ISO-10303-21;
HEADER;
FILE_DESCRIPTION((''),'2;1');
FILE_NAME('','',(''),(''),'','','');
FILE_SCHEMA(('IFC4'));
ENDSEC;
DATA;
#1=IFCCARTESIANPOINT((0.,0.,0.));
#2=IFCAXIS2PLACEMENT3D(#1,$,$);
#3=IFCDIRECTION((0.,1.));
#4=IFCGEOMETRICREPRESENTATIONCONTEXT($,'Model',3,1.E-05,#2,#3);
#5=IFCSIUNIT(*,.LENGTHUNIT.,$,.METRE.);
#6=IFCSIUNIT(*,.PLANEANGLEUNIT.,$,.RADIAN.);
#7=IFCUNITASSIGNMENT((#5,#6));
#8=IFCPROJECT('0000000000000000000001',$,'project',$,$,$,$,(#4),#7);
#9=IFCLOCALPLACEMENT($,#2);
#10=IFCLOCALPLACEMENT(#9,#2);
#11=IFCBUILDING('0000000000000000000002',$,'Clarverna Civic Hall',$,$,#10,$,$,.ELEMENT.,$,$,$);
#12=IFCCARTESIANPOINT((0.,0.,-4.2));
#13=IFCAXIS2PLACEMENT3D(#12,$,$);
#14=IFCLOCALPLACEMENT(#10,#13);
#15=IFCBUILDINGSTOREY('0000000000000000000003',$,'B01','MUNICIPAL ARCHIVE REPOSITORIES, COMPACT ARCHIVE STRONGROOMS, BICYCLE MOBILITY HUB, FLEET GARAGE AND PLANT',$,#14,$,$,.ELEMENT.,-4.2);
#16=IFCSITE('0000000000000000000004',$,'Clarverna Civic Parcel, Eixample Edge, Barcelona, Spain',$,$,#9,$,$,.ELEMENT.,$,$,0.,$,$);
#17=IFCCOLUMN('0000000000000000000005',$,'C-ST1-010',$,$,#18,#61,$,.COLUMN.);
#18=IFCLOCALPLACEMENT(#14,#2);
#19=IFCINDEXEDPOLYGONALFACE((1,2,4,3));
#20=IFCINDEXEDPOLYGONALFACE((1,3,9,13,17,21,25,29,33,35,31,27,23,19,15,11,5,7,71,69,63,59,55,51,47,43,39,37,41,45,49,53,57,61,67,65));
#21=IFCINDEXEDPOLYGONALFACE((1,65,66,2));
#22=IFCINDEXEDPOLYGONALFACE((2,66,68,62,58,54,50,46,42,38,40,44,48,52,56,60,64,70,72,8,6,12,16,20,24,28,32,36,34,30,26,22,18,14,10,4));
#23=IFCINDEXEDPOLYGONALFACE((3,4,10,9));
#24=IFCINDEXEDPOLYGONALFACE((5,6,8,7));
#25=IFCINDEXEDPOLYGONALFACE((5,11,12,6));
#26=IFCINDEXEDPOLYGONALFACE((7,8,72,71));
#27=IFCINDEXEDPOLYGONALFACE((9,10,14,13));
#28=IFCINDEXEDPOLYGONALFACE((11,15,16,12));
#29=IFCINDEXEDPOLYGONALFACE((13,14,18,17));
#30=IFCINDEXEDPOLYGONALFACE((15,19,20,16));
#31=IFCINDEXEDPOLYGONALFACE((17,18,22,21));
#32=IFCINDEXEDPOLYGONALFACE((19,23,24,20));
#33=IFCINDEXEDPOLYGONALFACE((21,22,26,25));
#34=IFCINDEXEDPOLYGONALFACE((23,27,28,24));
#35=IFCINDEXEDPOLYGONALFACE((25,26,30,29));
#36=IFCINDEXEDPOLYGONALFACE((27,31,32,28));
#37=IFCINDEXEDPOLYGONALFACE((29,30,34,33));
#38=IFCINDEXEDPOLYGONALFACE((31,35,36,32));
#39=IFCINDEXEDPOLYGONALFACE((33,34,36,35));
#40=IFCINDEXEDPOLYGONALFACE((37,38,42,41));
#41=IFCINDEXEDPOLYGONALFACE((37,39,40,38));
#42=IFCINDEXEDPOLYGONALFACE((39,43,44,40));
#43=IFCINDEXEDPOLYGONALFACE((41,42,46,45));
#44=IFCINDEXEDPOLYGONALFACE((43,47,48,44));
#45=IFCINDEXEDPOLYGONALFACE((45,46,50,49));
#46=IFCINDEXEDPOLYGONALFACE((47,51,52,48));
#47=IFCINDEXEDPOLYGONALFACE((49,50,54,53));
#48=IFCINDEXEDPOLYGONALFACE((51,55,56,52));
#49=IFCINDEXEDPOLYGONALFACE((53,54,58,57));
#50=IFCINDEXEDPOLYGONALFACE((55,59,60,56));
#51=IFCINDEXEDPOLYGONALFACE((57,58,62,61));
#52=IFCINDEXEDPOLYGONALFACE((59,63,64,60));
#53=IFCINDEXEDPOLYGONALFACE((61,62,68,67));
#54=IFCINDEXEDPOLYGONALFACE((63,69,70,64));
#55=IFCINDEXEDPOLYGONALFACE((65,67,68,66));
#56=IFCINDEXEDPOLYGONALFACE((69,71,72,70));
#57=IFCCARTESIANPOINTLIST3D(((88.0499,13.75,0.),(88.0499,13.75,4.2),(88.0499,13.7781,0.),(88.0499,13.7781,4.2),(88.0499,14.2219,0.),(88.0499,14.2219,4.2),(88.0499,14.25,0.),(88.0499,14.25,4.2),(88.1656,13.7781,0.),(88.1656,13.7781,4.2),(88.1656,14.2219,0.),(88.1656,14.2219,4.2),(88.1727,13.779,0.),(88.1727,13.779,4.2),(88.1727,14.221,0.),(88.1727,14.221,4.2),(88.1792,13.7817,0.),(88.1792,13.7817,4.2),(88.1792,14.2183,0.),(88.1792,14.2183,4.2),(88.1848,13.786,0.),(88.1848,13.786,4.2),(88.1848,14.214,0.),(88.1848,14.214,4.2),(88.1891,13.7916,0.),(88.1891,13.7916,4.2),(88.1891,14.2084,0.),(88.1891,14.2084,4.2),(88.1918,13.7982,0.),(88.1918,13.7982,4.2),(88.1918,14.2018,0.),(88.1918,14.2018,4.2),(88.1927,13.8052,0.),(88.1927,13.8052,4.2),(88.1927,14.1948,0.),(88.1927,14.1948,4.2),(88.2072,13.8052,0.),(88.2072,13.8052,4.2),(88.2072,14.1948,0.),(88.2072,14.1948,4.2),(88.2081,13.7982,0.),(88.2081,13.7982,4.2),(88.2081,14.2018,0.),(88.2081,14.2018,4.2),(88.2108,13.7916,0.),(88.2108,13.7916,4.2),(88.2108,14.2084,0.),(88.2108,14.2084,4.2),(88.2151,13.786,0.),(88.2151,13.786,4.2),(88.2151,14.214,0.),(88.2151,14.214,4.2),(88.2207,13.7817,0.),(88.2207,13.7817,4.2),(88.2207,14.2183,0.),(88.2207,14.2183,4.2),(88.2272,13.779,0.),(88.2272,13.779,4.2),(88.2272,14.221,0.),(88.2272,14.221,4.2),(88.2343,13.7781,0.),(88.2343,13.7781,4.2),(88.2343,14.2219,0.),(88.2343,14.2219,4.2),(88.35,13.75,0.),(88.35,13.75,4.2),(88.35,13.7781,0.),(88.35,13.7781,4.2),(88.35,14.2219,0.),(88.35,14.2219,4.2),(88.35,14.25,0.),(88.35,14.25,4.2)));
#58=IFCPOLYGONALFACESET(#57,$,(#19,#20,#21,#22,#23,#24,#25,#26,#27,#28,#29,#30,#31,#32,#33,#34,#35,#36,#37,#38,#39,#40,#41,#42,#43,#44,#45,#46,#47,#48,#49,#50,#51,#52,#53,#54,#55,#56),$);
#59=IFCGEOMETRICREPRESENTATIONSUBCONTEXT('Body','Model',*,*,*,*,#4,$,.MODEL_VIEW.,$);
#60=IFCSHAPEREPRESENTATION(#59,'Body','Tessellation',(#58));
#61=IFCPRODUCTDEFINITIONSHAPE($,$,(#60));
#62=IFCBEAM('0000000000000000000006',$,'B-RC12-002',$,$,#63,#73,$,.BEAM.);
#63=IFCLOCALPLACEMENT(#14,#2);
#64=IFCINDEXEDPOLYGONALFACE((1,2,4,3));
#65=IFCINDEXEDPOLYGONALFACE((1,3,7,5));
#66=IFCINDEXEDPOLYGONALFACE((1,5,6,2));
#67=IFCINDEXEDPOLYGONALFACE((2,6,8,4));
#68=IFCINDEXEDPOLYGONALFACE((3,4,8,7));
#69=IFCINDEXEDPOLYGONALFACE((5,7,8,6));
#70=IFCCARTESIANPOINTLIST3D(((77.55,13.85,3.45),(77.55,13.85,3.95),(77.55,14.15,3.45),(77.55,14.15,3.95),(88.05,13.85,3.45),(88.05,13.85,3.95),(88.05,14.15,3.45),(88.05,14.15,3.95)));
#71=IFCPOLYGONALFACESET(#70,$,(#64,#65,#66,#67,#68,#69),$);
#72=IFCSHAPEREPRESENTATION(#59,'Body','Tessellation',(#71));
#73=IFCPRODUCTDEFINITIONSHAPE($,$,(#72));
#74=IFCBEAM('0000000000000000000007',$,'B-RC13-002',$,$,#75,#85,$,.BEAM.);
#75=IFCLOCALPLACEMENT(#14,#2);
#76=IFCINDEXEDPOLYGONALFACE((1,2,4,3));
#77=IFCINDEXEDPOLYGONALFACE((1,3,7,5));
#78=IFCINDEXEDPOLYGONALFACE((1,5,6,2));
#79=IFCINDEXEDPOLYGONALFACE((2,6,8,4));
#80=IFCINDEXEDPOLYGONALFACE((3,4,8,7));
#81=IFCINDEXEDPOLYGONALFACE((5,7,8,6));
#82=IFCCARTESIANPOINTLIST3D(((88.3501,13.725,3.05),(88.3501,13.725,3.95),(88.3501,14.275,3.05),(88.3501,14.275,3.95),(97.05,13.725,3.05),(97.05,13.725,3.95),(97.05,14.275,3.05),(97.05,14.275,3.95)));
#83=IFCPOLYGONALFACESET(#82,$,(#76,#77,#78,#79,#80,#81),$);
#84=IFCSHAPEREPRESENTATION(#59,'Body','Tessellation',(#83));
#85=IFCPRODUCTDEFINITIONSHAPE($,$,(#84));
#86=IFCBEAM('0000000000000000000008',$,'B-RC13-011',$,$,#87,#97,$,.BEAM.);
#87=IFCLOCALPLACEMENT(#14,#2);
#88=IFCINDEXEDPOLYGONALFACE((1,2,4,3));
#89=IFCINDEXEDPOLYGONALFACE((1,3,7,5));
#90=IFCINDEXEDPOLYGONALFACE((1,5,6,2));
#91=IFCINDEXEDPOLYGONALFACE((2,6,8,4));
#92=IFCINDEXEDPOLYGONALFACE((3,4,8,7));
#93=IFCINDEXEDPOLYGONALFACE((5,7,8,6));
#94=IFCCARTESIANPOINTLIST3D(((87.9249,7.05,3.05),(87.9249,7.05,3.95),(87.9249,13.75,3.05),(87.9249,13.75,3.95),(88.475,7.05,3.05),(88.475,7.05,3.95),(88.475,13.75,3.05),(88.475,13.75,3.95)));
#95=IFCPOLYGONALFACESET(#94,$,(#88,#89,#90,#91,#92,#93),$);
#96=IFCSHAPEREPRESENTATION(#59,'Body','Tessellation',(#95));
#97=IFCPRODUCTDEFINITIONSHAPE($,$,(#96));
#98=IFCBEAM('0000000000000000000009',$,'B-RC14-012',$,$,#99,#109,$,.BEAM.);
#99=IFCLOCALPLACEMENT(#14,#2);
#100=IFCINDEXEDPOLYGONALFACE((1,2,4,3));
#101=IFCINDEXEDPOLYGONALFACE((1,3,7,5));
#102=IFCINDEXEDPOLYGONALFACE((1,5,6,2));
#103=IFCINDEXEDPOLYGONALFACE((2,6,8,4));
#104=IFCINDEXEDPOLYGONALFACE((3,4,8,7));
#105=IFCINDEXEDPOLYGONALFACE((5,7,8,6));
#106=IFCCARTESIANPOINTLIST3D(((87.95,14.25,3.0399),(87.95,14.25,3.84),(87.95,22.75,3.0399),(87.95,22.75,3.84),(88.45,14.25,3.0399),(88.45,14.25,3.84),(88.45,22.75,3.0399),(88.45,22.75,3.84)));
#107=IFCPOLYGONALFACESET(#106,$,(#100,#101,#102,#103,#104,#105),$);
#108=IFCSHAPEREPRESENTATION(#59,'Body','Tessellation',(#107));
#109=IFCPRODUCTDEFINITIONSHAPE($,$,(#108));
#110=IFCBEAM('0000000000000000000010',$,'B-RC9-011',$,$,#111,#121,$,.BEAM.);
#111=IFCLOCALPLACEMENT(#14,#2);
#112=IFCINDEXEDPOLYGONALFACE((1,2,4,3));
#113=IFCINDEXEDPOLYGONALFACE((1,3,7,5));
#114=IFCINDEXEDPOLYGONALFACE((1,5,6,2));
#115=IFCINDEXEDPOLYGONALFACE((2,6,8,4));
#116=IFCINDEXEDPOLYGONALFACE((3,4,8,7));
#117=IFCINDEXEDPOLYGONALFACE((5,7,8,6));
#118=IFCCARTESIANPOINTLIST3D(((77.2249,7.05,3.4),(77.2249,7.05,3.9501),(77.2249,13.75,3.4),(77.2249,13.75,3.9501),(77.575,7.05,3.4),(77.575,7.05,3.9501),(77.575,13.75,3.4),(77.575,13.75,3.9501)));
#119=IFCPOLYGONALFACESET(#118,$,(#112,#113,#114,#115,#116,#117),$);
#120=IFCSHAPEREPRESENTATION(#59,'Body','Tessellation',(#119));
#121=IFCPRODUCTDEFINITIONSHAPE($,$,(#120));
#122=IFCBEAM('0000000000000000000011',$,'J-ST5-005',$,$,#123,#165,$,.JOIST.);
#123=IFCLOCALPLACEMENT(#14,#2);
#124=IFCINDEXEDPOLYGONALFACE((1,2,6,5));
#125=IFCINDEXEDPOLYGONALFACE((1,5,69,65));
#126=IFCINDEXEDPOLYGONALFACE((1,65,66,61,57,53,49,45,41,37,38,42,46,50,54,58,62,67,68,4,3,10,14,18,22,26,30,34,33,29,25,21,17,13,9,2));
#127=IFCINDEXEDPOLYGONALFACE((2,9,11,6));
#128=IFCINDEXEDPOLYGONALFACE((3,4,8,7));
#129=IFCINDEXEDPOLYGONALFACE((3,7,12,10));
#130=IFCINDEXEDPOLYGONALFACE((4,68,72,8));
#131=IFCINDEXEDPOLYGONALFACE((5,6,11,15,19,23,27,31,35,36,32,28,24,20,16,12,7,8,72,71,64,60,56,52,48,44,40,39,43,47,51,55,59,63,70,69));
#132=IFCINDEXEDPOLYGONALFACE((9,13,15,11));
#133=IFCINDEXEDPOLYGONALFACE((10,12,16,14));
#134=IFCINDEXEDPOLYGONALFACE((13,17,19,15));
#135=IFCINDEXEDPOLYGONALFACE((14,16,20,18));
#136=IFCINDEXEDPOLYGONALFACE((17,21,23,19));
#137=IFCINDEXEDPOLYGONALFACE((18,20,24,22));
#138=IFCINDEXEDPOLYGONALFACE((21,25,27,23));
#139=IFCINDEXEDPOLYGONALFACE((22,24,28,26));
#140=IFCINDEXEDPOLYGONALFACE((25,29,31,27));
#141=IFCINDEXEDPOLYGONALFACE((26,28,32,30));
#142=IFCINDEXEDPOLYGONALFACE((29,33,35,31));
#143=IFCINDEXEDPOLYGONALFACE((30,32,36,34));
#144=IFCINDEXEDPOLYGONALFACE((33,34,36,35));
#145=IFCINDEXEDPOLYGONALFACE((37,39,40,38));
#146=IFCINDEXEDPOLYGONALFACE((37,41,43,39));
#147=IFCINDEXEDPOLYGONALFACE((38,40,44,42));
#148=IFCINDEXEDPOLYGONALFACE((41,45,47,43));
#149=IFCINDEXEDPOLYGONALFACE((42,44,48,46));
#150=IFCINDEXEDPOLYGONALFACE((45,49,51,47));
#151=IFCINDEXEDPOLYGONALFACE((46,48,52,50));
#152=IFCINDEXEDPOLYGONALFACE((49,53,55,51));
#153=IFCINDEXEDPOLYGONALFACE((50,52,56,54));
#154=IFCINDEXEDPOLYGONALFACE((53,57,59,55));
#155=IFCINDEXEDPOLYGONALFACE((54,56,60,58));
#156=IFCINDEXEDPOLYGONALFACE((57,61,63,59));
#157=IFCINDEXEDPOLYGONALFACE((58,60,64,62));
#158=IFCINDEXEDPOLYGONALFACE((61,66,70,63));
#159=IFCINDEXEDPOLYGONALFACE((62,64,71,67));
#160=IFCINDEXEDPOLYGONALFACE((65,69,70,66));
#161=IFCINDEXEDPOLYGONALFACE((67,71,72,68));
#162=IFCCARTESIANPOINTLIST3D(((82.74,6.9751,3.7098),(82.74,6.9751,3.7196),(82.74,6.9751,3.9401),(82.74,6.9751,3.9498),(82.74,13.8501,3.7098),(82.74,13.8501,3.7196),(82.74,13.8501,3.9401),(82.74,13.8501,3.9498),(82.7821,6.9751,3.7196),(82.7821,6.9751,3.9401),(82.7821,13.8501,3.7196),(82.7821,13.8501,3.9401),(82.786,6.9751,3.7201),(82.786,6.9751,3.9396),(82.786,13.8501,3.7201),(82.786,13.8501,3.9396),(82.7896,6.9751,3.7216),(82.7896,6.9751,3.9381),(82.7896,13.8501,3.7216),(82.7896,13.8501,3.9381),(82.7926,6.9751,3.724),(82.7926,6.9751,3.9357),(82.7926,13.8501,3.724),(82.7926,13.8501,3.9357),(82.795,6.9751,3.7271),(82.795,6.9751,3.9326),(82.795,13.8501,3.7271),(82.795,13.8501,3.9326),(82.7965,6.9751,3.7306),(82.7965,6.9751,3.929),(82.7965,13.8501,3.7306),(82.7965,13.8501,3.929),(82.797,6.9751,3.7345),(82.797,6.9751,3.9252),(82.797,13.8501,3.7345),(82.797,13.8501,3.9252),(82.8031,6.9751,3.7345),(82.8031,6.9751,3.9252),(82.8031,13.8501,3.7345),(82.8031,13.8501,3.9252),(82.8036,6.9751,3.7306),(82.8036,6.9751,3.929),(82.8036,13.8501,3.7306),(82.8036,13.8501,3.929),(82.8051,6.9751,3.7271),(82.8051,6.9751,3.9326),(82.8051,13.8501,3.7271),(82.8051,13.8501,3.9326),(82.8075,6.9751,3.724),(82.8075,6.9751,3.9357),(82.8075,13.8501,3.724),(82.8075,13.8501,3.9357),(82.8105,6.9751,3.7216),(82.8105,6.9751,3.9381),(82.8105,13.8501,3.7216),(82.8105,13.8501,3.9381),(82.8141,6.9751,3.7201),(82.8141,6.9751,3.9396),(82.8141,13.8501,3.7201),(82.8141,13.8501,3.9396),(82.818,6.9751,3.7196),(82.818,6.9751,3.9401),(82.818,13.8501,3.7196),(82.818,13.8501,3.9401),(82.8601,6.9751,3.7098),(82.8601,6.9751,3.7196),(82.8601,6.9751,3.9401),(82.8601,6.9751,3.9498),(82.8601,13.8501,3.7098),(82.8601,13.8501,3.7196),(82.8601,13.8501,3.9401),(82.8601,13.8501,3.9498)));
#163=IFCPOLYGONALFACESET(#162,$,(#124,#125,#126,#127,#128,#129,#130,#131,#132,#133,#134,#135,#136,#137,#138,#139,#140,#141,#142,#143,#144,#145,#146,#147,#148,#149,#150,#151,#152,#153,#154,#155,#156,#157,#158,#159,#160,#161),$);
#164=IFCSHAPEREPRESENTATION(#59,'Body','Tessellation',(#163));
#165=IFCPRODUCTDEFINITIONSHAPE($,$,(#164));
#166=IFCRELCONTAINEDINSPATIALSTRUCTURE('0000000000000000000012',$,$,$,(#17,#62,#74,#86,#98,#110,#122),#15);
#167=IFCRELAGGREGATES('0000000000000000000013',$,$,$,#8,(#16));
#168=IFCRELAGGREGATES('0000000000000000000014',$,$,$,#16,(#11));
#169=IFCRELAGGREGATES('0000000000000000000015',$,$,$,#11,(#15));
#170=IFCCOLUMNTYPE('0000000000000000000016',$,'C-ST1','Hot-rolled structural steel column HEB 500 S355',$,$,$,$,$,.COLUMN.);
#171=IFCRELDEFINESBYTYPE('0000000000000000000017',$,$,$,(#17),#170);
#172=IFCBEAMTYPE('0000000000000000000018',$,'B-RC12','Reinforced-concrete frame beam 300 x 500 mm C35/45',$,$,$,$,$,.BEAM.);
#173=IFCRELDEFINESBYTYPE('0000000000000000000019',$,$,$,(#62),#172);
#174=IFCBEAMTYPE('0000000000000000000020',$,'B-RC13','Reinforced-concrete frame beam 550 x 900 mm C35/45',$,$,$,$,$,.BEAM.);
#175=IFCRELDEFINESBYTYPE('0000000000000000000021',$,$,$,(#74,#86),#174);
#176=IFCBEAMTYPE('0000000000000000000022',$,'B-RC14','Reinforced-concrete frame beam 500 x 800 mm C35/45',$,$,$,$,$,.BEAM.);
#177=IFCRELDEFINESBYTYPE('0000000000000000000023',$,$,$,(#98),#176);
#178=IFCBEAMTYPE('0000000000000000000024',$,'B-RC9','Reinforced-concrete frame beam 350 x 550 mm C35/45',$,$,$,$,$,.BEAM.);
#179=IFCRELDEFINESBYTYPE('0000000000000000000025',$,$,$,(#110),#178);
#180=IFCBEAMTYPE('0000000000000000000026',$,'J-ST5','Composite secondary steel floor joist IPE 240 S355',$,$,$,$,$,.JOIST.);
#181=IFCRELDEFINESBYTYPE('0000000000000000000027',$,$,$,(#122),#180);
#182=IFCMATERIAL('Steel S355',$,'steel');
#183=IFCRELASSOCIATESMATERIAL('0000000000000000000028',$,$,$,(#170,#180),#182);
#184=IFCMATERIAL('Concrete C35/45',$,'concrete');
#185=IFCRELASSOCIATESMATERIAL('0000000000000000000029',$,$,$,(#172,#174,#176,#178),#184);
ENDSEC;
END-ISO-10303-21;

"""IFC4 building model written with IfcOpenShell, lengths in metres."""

from ifc_helpers import new_model, si_unit, direction, frame, origin, origin_2d, place, context, subcontext, project, spatial, rectangle, i_section, extrude, material, material_profile, profile_set, type_object, element, save


model = new_model("IFC4")

# Units and contexts
model_context = context("Model", 3, precision=1e-05, world=origin(), true_north=direction((0.0, 1.0)))
body_context = subcontext(model_context, "Body", "Model", "MODEL_VIEW")
ifc_project = project(units=[si_unit("LENGTHUNIT", "METRE"), si_unit("PLANEANGLEUNIT", "RADIAN")], contexts=[model_context])

# Site, building, storey
site_placement = place(None, origin())
site = spatial("IfcSite", under=ifc_project, at=site_placement, Name="Clarverna Civic Parcel, Eixample Edge, Barcelona, Spain", CompositionType="ELEMENT", RefElevation=0.0)
building_placement = place(site_placement, origin())
building = spatial("IfcBuilding", under=site, at=building_placement, Name="Clarverna Civic Hall", CompositionType="ELEMENT")
storey_placement = place(building_placement, frame((0.0, 0.0, -4.2)))
storey = spatial("IfcBuildingStorey", under=building, at=storey_placement, Name="B01", Description="MUNICIPAL ARCHIVE REPOSITORIES, COMPACT ARCHIVE STRONGROOMS, BICYCLE MOBILITY HUB, FLEET GARAGE AND PLANT", CompositionType="ELEMENT", Elevation=-4.2)

# Column
ifc_material_1 = material(Name="Steel S355", Category="steel")
ifc_material_profile_1 = material_profile(ifc_material_1, i_section(OverallWidth=0.3, OverallDepth=0.5, WebThickness=0.0144, FlangeThickness=0.0281, FilletRadius=0.0271, at=origin_2d()), Name="HEB 500")
ifc_profile_set_1 = profile_set([ifc_material_profile_1], Name="Steel S355")
column_type_1 = type_object("IfcColumnType", Name="C-ST1", Description="Hot-rolled structural steel column HEB 500 S355", PredefinedType="COLUMN", material=ifc_profile_set_1)
for number, where, z_axis, x_axis, name in (
    (1, (88.2, 14.0, 0.0), (0.0, 0.0, 1.0), (1.0, 0.0, 0.0), "C-ST1-010"),
):
    element("IfcColumn", number, at=place(storey_placement, frame(where, z_axis=z_axis, x_axis=x_axis)), inside=storey, type_object=column_type_1, Name=name, PredefinedType="COLUMN", context=body_context, shape_type="SweptSolid", body=[
        extrude(i_section(OverallWidth=0.3, OverallDepth=0.5, WebThickness=0.0144, FlangeThickness=0.0281, FilletRadius=0.0271, at=origin_2d()), origin(), (0.0, 0.0, 1.0), 4.2),
    ])

# Beams
ifc_material_2 = material(Name="Concrete C35/45", Category="concrete")
ifc_material_profile_2 = material_profile(ifc_material_2, rectangle(XDim=0.3, YDim=0.5, at=origin_2d()), Name="RC 300x500")
ifc_profile_set_2 = profile_set([ifc_material_profile_2], Name="Concrete C35/45")
beam_type_1 = type_object("IfcBeamType", Name="B-RC12", Description="Reinforced-concrete frame beam 300 x 500 mm C35/45", PredefinedType="BEAM", material=ifc_profile_set_2)
beam_1_placement = place(storey_placement, frame((77.55, 14.0, 3.7), z_axis=(1.0, 0.0, 0.0), x_axis=(0.0, 1.0, 0.0)))
element("IfcBeam", 2, at=beam_1_placement, inside=storey, type_object=beam_type_1, Name="B-RC12-002", PredefinedType="BEAM", context=body_context, shape_type="SweptSolid", body=[
    extrude(rectangle(XDim=0.3, YDim=0.5, at=origin_2d()), origin(), (0.0, 0.0, 1.0), 10.5),
])
ifc_material_profile_3 = material_profile(ifc_material_2, rectangle(XDim=0.55, YDim=0.8999, at=origin_2d()), Name="RC 550x900")
ifc_profile_set_3 = profile_set([ifc_material_profile_3], Name="Concrete C35/45")
beam_type_2 = type_object("IfcBeamType", Name="B-RC13", Description="Reinforced-concrete frame beam 550 x 900 mm C35/45", PredefinedType="BEAM", material=ifc_profile_set_3)
beam_2_placement = place(storey_placement, frame((88.3501, 14.0, 3.5), z_axis=(1.0, 0.0, 0.0), x_axis=(0.0, 1.0, 0.0)))
element("IfcBeam", 3, at=beam_2_placement, inside=storey, type_object=beam_type_2, Name="B-RC13-002", PredefinedType="BEAM", context=body_context, shape_type="SweptSolid", body=[
    extrude(rectangle(XDim=0.55, YDim=0.8999, at=origin_2d()), origin(), (0.0, 0.0, 1.0), 8.7),
])
beam_3_placement = place(storey_placement, frame((88.2, 7.05, 3.5), z_axis=(0.0, 1.0, 0.0), x_axis=(-1.0, 0.0, 0.0)))
element("IfcBeam", 4, at=beam_3_placement, inside=storey, type_object=beam_type_2, Name="B-RC13-011", PredefinedType="BEAM", context=body_context, shape_type="SweptSolid", body=[
    extrude(rectangle(XDim=0.55, YDim=0.8999, at=origin_2d()), origin(), (0.0, 0.0, 1.0), 6.7),
])
ifc_material_profile_4 = material_profile(ifc_material_2, rectangle(XDim=0.5, YDim=0.8, at=origin_2d()), Name="RC 500x800")
ifc_profile_set_4 = profile_set([ifc_material_profile_4], Name="Concrete C35/45")
beam_type_3 = type_object("IfcBeamType", Name="B-RC14", Description="Reinforced-concrete frame beam 500 x 800 mm C35/45", PredefinedType="BEAM", material=ifc_profile_set_4)
beam_4_placement = place(storey_placement, frame((88.2, 14.25, 3.4399), z_axis=(0.0, 1.0, 0.0), x_axis=(-1.0, 0.0, 0.0)))
element("IfcBeam", 5, at=beam_4_placement, inside=storey, type_object=beam_type_3, Name="B-RC14-012", PredefinedType="BEAM", context=body_context, shape_type="SweptSolid", body=[
    extrude(rectangle(XDim=0.5, YDim=0.8, at=origin_2d()), origin(), (0.0, 0.0, 1.0), 8.5),
])
ifc_material_profile_5 = material_profile(ifc_material_2, rectangle(XDim=0.3501, YDim=0.55, at=origin_2d()), Name="RC 350x550")
ifc_profile_set_5 = profile_set([ifc_material_profile_5], Name="Concrete C35/45")
beam_type_4 = type_object("IfcBeamType", Name="B-RC9", Description="Reinforced-concrete frame beam 350 x 550 mm C35/45", PredefinedType="BEAM", material=ifc_profile_set_5)
beam_5_placement = place(storey_placement, frame((77.3999, 7.05, 3.675), z_axis=(0.0, 1.0, 0.0), x_axis=(-1.0, 0.0, 0.0)))
element("IfcBeam", 6, at=beam_5_placement, inside=storey, type_object=beam_type_4, Name="B-RC9-011", PredefinedType="BEAM", context=body_context, shape_type="SweptSolid", body=[
    extrude(rectangle(XDim=0.3501, YDim=0.55, at=origin_2d()), origin(), (0.0, 0.0, 1.0), 6.7),
])
ifc_material_profile_6 = material_profile(ifc_material_1, i_section(OverallWidth=0.1201, OverallDepth=0.24, WebThickness=0.0061, FlangeThickness=0.0098, FilletRadius=0.0149, at=origin_2d()), Name="IPE 240")
ifc_profile_set_6 = profile_set([ifc_material_profile_6], Name="Steel S355")
beam_type_5 = type_object("IfcBeamType", Name="J-ST5", Description="Composite secondary steel floor joist IPE 240 S355", PredefinedType="JOIST", material=ifc_profile_set_6)
beam_6_placement = place(storey_placement, frame((82.8, 6.9751, 3.8298), z_axis=(0.0, 1.0, 0.0), x_axis=(-1.0, 0.0, 0.0)))
element("IfcBeam", 7, at=beam_6_placement, inside=storey, type_object=beam_type_5, Name="J-ST5-005", PredefinedType="JOIST", context=body_context, shape_type="SweptSolid", body=[
    extrude(i_section(OverallWidth=0.1201, OverallDepth=0.24, WebThickness=0.0061, FlangeThickness=0.0098, FilletRadius=0.0149, at=origin_2d()), origin(), (0.0, 0.0, 1.0), 6.875),
])

save(model, "model.ifc")
